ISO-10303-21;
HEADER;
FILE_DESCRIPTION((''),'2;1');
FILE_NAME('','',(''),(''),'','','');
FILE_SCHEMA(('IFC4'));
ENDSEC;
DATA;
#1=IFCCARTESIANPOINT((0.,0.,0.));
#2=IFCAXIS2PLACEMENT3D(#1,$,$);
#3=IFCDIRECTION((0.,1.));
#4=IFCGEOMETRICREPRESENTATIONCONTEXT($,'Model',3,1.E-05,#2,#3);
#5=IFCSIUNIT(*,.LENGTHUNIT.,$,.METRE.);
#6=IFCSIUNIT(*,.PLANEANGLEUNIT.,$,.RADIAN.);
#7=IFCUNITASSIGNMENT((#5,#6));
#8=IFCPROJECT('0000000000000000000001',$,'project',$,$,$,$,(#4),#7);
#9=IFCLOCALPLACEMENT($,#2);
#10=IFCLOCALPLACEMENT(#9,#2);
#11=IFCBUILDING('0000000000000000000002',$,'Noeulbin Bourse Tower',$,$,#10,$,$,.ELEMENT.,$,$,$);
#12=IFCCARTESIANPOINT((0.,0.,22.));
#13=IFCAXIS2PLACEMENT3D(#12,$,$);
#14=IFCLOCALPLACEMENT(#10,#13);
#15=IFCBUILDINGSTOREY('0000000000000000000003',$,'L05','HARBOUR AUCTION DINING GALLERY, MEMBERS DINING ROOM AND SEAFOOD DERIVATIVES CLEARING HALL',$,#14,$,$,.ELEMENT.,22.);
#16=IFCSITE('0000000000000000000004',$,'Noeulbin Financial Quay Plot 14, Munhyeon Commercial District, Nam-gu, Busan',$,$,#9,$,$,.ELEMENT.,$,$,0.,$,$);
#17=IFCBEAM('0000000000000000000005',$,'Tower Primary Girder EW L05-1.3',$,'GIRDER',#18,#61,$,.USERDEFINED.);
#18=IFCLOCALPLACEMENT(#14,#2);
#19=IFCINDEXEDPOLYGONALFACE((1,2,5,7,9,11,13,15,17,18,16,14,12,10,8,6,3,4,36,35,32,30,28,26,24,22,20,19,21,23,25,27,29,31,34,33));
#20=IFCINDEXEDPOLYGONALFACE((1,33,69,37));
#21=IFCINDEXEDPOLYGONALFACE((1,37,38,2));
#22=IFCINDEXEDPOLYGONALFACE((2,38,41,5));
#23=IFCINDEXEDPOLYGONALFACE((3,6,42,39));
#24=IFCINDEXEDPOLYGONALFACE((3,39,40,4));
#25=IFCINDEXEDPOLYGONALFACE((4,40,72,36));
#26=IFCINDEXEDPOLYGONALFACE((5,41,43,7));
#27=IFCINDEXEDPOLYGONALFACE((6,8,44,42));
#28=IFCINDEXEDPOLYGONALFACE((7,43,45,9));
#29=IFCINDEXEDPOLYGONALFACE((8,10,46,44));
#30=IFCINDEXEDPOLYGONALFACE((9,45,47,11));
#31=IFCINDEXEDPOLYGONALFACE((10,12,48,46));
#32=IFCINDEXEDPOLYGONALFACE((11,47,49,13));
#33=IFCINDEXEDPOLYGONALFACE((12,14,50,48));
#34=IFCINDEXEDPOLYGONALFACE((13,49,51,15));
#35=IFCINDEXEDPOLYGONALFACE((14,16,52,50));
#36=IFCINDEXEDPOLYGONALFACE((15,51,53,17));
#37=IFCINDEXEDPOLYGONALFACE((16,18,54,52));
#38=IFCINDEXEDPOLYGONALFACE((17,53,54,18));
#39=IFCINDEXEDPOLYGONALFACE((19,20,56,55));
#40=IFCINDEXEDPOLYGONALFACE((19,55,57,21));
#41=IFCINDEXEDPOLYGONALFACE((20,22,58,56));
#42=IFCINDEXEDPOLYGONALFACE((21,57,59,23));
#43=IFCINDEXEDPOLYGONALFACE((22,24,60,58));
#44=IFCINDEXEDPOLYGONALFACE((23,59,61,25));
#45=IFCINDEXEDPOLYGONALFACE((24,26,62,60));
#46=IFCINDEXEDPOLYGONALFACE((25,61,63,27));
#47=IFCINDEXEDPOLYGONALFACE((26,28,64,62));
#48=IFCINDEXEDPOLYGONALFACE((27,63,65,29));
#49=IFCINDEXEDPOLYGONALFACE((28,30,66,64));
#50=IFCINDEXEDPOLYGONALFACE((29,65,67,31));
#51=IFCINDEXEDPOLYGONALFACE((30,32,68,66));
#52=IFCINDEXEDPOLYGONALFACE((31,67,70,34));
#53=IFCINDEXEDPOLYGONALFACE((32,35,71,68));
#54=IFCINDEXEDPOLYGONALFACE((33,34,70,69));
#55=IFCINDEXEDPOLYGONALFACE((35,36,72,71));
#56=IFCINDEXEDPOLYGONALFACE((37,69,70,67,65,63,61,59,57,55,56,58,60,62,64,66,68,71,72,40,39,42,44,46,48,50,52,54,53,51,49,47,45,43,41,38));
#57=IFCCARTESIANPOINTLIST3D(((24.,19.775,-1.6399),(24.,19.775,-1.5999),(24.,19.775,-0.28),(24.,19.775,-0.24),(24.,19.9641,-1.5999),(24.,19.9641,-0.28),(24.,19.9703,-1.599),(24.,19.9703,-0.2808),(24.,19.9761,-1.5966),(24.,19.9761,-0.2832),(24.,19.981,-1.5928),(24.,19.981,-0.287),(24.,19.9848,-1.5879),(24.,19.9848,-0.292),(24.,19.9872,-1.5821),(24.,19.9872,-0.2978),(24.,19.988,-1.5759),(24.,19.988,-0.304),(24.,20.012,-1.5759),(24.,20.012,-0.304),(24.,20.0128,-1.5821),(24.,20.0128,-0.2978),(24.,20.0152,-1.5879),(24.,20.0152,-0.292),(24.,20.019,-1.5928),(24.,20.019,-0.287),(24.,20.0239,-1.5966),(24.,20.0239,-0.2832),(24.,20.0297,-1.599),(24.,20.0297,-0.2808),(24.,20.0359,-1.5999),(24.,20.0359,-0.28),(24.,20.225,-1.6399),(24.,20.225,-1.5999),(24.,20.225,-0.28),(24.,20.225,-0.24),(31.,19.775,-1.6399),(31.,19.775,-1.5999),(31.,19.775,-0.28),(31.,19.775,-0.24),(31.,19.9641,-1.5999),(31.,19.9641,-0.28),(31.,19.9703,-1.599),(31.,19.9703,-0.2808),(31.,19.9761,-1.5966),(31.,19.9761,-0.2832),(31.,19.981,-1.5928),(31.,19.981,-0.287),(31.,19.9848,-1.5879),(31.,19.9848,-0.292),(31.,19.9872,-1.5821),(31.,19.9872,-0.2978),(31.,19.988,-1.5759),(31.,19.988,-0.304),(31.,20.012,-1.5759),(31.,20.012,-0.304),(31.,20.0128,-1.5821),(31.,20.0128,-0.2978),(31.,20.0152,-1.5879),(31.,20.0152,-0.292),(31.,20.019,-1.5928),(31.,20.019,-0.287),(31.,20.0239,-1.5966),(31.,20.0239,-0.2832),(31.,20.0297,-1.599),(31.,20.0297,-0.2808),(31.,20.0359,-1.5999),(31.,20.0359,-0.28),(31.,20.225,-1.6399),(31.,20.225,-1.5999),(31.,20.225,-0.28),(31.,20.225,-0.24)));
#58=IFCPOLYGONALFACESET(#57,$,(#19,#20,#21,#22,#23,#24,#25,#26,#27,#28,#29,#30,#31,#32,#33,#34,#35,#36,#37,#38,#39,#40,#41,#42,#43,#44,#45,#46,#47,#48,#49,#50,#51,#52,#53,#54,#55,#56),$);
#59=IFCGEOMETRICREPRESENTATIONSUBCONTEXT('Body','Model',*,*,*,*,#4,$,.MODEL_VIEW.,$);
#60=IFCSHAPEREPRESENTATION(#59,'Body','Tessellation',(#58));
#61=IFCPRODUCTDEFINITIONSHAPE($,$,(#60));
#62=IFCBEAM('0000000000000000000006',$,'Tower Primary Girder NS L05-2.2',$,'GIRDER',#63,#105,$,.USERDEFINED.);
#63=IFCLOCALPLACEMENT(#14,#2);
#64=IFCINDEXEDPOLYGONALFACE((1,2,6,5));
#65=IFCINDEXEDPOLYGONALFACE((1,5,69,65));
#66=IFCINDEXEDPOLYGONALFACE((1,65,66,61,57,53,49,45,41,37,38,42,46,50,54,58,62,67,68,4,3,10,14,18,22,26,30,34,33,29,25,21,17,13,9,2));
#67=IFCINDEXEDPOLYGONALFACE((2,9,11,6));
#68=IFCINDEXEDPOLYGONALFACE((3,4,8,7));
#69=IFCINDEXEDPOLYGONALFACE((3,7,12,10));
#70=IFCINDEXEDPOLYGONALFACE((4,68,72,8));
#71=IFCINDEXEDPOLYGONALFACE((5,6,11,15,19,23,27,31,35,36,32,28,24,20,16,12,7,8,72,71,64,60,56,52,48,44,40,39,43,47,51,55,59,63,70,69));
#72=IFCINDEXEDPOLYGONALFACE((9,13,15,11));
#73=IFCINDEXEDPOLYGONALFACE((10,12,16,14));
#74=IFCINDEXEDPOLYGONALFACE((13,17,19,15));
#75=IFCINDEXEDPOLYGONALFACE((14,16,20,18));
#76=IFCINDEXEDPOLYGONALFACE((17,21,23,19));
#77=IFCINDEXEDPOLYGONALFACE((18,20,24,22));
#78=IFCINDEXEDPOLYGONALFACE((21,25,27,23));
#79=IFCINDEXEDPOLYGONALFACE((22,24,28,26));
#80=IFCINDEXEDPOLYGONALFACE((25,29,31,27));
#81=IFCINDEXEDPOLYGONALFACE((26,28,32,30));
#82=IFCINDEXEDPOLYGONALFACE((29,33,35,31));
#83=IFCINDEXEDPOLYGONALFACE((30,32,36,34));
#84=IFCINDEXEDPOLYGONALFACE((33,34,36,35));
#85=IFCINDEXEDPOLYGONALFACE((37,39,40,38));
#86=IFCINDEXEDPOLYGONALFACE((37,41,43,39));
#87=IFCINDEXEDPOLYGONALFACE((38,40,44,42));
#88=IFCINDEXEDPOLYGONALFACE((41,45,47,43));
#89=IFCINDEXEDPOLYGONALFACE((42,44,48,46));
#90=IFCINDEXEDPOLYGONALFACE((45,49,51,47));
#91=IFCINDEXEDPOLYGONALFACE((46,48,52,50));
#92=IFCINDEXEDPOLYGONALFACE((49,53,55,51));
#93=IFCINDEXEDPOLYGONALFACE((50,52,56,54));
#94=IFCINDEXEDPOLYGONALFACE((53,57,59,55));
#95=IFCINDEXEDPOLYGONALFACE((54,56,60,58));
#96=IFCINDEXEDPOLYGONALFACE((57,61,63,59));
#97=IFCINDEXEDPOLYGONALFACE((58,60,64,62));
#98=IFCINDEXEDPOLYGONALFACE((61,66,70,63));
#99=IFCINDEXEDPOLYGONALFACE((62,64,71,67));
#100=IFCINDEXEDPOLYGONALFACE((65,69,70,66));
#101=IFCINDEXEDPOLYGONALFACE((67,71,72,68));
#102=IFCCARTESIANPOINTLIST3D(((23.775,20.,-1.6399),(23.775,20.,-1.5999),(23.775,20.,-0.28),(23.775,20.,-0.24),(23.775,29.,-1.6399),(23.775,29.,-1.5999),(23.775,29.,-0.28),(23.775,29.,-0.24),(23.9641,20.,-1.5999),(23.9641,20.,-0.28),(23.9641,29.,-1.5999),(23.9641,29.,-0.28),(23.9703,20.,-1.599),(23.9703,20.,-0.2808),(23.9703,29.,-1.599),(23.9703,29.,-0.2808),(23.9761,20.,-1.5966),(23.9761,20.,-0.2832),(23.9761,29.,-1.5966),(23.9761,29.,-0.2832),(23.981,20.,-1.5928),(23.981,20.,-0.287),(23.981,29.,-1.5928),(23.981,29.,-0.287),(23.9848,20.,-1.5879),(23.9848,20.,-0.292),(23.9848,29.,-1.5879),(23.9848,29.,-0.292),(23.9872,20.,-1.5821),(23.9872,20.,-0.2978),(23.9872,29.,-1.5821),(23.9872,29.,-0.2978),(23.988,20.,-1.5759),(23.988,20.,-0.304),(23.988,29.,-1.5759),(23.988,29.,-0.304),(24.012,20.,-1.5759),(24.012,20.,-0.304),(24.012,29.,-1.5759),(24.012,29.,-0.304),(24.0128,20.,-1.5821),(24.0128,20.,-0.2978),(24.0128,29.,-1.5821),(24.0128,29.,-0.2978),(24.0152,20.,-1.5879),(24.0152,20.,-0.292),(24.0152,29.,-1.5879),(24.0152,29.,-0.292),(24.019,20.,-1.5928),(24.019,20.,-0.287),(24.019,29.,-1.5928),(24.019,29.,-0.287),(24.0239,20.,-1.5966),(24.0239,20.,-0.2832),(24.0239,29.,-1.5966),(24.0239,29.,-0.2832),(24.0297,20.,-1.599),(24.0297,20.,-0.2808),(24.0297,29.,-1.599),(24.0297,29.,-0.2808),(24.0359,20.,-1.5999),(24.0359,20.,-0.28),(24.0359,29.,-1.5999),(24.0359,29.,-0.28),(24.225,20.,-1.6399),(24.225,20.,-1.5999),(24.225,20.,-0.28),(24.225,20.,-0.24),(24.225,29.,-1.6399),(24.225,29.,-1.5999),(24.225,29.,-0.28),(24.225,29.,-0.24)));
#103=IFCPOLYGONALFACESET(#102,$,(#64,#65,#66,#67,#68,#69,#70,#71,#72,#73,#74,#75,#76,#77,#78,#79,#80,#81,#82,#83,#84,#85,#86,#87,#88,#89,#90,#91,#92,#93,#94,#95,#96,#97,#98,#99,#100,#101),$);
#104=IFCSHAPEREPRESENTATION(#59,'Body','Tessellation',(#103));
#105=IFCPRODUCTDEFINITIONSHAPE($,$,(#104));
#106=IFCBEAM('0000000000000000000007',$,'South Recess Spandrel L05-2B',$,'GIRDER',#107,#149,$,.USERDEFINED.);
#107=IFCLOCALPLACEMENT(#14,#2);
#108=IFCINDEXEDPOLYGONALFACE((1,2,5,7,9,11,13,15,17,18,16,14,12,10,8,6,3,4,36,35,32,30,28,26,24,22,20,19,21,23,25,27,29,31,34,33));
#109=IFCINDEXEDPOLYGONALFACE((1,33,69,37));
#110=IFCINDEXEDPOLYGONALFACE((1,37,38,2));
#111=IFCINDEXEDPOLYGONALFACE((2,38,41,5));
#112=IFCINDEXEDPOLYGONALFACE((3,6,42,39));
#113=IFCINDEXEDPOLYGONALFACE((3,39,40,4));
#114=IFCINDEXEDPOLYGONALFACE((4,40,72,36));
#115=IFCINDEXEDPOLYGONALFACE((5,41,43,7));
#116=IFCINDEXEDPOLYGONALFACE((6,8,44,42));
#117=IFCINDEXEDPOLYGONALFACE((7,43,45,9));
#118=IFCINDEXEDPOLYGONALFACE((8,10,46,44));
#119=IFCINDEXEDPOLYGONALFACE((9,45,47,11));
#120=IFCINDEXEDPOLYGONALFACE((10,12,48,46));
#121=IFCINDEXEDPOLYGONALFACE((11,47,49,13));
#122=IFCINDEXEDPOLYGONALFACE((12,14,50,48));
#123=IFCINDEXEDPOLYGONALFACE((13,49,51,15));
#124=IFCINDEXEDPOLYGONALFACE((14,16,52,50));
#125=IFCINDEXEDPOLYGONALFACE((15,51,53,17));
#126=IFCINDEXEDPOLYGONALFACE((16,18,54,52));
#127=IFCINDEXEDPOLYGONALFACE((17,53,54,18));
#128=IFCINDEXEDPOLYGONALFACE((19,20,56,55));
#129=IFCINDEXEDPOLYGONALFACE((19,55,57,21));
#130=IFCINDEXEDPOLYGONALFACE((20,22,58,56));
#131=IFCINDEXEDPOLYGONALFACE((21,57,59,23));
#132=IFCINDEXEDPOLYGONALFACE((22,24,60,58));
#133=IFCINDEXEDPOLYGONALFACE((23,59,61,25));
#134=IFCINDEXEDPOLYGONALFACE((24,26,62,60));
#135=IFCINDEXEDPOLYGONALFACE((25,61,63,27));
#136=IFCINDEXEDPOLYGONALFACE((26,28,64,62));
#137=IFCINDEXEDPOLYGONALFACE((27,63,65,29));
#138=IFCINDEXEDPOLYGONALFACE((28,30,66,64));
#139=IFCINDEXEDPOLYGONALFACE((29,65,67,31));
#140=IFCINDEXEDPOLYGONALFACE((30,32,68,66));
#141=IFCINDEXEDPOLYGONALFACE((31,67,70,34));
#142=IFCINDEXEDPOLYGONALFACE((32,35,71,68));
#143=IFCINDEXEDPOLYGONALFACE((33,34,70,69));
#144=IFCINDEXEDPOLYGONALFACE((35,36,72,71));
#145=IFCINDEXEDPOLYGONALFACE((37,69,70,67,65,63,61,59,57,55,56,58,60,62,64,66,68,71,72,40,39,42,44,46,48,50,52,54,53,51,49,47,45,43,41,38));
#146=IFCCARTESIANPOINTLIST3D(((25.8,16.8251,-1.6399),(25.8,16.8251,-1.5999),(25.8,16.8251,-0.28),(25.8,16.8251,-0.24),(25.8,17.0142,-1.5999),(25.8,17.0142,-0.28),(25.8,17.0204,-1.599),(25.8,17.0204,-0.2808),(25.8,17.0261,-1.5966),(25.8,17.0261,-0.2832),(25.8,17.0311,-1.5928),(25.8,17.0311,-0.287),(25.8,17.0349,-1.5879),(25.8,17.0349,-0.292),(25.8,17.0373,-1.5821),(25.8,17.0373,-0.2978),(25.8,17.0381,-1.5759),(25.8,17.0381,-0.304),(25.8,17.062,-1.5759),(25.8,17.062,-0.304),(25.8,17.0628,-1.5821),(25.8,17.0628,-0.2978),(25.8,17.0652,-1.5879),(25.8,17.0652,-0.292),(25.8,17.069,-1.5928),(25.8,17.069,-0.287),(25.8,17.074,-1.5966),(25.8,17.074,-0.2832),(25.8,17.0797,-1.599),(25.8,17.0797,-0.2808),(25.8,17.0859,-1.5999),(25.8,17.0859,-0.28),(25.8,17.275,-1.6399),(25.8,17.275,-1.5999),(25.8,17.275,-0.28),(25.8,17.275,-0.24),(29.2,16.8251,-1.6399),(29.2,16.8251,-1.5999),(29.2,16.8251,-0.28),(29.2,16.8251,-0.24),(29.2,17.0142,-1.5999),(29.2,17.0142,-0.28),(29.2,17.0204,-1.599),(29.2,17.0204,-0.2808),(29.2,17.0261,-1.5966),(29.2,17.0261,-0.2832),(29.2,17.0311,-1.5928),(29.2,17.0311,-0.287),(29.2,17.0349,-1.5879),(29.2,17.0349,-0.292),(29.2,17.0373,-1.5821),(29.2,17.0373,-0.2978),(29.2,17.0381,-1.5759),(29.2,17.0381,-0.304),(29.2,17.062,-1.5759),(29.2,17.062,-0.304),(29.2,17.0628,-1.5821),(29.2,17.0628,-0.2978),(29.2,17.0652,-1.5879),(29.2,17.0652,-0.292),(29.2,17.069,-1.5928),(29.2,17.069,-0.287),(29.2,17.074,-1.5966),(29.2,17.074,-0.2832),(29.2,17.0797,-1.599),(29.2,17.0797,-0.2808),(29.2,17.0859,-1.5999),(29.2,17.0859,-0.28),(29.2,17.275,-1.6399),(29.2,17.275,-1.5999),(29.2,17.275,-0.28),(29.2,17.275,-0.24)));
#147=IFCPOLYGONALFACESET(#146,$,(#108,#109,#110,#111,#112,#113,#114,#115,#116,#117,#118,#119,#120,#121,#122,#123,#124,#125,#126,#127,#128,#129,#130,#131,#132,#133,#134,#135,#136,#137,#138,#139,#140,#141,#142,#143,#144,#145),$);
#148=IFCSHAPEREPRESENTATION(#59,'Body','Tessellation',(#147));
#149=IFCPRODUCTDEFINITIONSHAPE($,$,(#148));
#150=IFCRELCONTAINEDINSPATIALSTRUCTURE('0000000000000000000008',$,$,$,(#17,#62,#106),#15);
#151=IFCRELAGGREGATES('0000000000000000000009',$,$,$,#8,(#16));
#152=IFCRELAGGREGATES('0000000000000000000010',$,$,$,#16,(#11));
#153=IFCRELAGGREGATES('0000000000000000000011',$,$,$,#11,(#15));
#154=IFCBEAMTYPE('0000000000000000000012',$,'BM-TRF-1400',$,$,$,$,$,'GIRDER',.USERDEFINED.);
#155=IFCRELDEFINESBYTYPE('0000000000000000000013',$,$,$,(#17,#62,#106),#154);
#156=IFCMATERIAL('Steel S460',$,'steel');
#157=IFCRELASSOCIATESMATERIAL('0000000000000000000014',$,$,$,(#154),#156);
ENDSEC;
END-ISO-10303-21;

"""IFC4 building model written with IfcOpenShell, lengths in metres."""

from ifc_helpers import new_model, si_unit, direction, frame, origin, origin_2d, place, context, subcontext, project, spatial, i_section, extrude, material, material_profile, profile_set, type_object, element, save


model = new_model("IFC4")

# Units and contexts
model_context = context("Model", 3, precision=1e-05, world=origin(), true_north=direction((0.0, 1.0)))
body_context = subcontext(model_context, "Body", "Model", "MODEL_VIEW")
ifc_project = project(units=[si_unit("LENGTHUNIT", "METRE"), si_unit("PLANEANGLEUNIT", "RADIAN")], contexts=[model_context])

# Site, building, storey
site_placement = place(None, origin())
site = spatial("IfcSite", under=ifc_project, at=site_placement, Name="Noeulbin Financial Quay Plot 14, Munhyeon Commercial District, Nam-gu, Busan", CompositionType="ELEMENT", RefElevation=0.0)
building_placement = place(site_placement, origin())
building = spatial("IfcBuilding", under=site, at=building_placement, Name="Noeulbin Bourse Tower", CompositionType="ELEMENT")
storey_placement = place(building_placement, frame((0.0, 0.0, 22.0)))
storey = spatial("IfcBuildingStorey", under=building, at=storey_placement, Name="L05", Description="HARBOUR AUCTION DINING GALLERY, MEMBERS DINING ROOM AND SEAFOOD DERIVATIVES CLEARING HALL", CompositionType="ELEMENT", Elevation=22.0)

# Shared definitions
ifc_material_1 = material(Name="Steel S460", Category="steel")

# Beams
ifc_material_profile_1 = material_profile(ifc_material_1, i_section(OverallWidth=0.45, OverallDepth=1.3999, WebThickness=0.0239, FlangeThickness=0.04, FilletRadius=0.0239, at=origin_2d()), Name="PG-1400x450x24x40", Category="LoadBearing")
ifc_profile_set_1 = profile_set([ifc_material_profile_1], Name="Steel S460")
beam_type_1 = type_object("IfcBeamType", Name="BM-TRF-1400", ElementType="GIRDER", PredefinedType="USERDEFINED", material=ifc_profile_set_1)
beam_1_placement = place(storey_placement, frame((24.0, 20.0, -0.9399), z_axis=(1.0, 0.0, 0.0), x_axis=(0.0, 1.0, 0.0)))
element("IfcBeam", 1, at=beam_1_placement, inside=storey, type_object=beam_type_1, Name="Tower Primary Girder EW L05-1.3", ObjectType="GIRDER", PredefinedType="USERDEFINED", context=body_context, shape_type="SweptSolid", body=[
    extrude(i_section(OverallWidth=0.45, OverallDepth=1.3999, WebThickness=0.0239, FlangeThickness=0.04, FilletRadius=0.0239, at=origin_2d()), origin(), (0.0, 0.0, 1.0), 7.0),
])
beam_2_placement = place(storey_placement, frame((24.0, 20.0, -0.9399), z_axis=(0.0, 1.0, 0.0), x_axis=(-1.0, 0.0, 0.0)))
element("IfcBeam", 2, at=beam_2_placement, inside=storey, type_object=beam_type_1, Name="Tower Primary Girder NS L05-2.2", ObjectType="GIRDER", PredefinedType="USERDEFINED", context=body_context, shape_type="SweptSolid", body=[
    extrude(i_section(OverallWidth=0.45, OverallDepth=1.3999, WebThickness=0.0239, FlangeThickness=0.04, FilletRadius=0.0239, at=origin_2d()), origin(), (0.0, 0.0, 1.0), 9.0),
])
beam_3_placement = place(storey_placement, frame((25.8, 17.05, -0.9399), z_axis=(1.0, 0.0, 0.0), x_axis=(0.0, 1.0, 0.0)))
element("IfcBeam", 3, at=beam_3_placement, inside=storey, type_object=beam_type_1, Name="South Recess Spandrel L05-2B", ObjectType="GIRDER", PredefinedType="USERDEFINED", context=body_context, shape_type="SweptSolid", body=[
    extrude(i_section(OverallWidth=0.45, OverallDepth=1.3999, WebThickness=0.0239, FlangeThickness=0.04, FilletRadius=0.0239, at=origin_2d()), origin(), (0.0, 0.0, 1.0), 3.3999),
])

save(model, "model.ifc")
